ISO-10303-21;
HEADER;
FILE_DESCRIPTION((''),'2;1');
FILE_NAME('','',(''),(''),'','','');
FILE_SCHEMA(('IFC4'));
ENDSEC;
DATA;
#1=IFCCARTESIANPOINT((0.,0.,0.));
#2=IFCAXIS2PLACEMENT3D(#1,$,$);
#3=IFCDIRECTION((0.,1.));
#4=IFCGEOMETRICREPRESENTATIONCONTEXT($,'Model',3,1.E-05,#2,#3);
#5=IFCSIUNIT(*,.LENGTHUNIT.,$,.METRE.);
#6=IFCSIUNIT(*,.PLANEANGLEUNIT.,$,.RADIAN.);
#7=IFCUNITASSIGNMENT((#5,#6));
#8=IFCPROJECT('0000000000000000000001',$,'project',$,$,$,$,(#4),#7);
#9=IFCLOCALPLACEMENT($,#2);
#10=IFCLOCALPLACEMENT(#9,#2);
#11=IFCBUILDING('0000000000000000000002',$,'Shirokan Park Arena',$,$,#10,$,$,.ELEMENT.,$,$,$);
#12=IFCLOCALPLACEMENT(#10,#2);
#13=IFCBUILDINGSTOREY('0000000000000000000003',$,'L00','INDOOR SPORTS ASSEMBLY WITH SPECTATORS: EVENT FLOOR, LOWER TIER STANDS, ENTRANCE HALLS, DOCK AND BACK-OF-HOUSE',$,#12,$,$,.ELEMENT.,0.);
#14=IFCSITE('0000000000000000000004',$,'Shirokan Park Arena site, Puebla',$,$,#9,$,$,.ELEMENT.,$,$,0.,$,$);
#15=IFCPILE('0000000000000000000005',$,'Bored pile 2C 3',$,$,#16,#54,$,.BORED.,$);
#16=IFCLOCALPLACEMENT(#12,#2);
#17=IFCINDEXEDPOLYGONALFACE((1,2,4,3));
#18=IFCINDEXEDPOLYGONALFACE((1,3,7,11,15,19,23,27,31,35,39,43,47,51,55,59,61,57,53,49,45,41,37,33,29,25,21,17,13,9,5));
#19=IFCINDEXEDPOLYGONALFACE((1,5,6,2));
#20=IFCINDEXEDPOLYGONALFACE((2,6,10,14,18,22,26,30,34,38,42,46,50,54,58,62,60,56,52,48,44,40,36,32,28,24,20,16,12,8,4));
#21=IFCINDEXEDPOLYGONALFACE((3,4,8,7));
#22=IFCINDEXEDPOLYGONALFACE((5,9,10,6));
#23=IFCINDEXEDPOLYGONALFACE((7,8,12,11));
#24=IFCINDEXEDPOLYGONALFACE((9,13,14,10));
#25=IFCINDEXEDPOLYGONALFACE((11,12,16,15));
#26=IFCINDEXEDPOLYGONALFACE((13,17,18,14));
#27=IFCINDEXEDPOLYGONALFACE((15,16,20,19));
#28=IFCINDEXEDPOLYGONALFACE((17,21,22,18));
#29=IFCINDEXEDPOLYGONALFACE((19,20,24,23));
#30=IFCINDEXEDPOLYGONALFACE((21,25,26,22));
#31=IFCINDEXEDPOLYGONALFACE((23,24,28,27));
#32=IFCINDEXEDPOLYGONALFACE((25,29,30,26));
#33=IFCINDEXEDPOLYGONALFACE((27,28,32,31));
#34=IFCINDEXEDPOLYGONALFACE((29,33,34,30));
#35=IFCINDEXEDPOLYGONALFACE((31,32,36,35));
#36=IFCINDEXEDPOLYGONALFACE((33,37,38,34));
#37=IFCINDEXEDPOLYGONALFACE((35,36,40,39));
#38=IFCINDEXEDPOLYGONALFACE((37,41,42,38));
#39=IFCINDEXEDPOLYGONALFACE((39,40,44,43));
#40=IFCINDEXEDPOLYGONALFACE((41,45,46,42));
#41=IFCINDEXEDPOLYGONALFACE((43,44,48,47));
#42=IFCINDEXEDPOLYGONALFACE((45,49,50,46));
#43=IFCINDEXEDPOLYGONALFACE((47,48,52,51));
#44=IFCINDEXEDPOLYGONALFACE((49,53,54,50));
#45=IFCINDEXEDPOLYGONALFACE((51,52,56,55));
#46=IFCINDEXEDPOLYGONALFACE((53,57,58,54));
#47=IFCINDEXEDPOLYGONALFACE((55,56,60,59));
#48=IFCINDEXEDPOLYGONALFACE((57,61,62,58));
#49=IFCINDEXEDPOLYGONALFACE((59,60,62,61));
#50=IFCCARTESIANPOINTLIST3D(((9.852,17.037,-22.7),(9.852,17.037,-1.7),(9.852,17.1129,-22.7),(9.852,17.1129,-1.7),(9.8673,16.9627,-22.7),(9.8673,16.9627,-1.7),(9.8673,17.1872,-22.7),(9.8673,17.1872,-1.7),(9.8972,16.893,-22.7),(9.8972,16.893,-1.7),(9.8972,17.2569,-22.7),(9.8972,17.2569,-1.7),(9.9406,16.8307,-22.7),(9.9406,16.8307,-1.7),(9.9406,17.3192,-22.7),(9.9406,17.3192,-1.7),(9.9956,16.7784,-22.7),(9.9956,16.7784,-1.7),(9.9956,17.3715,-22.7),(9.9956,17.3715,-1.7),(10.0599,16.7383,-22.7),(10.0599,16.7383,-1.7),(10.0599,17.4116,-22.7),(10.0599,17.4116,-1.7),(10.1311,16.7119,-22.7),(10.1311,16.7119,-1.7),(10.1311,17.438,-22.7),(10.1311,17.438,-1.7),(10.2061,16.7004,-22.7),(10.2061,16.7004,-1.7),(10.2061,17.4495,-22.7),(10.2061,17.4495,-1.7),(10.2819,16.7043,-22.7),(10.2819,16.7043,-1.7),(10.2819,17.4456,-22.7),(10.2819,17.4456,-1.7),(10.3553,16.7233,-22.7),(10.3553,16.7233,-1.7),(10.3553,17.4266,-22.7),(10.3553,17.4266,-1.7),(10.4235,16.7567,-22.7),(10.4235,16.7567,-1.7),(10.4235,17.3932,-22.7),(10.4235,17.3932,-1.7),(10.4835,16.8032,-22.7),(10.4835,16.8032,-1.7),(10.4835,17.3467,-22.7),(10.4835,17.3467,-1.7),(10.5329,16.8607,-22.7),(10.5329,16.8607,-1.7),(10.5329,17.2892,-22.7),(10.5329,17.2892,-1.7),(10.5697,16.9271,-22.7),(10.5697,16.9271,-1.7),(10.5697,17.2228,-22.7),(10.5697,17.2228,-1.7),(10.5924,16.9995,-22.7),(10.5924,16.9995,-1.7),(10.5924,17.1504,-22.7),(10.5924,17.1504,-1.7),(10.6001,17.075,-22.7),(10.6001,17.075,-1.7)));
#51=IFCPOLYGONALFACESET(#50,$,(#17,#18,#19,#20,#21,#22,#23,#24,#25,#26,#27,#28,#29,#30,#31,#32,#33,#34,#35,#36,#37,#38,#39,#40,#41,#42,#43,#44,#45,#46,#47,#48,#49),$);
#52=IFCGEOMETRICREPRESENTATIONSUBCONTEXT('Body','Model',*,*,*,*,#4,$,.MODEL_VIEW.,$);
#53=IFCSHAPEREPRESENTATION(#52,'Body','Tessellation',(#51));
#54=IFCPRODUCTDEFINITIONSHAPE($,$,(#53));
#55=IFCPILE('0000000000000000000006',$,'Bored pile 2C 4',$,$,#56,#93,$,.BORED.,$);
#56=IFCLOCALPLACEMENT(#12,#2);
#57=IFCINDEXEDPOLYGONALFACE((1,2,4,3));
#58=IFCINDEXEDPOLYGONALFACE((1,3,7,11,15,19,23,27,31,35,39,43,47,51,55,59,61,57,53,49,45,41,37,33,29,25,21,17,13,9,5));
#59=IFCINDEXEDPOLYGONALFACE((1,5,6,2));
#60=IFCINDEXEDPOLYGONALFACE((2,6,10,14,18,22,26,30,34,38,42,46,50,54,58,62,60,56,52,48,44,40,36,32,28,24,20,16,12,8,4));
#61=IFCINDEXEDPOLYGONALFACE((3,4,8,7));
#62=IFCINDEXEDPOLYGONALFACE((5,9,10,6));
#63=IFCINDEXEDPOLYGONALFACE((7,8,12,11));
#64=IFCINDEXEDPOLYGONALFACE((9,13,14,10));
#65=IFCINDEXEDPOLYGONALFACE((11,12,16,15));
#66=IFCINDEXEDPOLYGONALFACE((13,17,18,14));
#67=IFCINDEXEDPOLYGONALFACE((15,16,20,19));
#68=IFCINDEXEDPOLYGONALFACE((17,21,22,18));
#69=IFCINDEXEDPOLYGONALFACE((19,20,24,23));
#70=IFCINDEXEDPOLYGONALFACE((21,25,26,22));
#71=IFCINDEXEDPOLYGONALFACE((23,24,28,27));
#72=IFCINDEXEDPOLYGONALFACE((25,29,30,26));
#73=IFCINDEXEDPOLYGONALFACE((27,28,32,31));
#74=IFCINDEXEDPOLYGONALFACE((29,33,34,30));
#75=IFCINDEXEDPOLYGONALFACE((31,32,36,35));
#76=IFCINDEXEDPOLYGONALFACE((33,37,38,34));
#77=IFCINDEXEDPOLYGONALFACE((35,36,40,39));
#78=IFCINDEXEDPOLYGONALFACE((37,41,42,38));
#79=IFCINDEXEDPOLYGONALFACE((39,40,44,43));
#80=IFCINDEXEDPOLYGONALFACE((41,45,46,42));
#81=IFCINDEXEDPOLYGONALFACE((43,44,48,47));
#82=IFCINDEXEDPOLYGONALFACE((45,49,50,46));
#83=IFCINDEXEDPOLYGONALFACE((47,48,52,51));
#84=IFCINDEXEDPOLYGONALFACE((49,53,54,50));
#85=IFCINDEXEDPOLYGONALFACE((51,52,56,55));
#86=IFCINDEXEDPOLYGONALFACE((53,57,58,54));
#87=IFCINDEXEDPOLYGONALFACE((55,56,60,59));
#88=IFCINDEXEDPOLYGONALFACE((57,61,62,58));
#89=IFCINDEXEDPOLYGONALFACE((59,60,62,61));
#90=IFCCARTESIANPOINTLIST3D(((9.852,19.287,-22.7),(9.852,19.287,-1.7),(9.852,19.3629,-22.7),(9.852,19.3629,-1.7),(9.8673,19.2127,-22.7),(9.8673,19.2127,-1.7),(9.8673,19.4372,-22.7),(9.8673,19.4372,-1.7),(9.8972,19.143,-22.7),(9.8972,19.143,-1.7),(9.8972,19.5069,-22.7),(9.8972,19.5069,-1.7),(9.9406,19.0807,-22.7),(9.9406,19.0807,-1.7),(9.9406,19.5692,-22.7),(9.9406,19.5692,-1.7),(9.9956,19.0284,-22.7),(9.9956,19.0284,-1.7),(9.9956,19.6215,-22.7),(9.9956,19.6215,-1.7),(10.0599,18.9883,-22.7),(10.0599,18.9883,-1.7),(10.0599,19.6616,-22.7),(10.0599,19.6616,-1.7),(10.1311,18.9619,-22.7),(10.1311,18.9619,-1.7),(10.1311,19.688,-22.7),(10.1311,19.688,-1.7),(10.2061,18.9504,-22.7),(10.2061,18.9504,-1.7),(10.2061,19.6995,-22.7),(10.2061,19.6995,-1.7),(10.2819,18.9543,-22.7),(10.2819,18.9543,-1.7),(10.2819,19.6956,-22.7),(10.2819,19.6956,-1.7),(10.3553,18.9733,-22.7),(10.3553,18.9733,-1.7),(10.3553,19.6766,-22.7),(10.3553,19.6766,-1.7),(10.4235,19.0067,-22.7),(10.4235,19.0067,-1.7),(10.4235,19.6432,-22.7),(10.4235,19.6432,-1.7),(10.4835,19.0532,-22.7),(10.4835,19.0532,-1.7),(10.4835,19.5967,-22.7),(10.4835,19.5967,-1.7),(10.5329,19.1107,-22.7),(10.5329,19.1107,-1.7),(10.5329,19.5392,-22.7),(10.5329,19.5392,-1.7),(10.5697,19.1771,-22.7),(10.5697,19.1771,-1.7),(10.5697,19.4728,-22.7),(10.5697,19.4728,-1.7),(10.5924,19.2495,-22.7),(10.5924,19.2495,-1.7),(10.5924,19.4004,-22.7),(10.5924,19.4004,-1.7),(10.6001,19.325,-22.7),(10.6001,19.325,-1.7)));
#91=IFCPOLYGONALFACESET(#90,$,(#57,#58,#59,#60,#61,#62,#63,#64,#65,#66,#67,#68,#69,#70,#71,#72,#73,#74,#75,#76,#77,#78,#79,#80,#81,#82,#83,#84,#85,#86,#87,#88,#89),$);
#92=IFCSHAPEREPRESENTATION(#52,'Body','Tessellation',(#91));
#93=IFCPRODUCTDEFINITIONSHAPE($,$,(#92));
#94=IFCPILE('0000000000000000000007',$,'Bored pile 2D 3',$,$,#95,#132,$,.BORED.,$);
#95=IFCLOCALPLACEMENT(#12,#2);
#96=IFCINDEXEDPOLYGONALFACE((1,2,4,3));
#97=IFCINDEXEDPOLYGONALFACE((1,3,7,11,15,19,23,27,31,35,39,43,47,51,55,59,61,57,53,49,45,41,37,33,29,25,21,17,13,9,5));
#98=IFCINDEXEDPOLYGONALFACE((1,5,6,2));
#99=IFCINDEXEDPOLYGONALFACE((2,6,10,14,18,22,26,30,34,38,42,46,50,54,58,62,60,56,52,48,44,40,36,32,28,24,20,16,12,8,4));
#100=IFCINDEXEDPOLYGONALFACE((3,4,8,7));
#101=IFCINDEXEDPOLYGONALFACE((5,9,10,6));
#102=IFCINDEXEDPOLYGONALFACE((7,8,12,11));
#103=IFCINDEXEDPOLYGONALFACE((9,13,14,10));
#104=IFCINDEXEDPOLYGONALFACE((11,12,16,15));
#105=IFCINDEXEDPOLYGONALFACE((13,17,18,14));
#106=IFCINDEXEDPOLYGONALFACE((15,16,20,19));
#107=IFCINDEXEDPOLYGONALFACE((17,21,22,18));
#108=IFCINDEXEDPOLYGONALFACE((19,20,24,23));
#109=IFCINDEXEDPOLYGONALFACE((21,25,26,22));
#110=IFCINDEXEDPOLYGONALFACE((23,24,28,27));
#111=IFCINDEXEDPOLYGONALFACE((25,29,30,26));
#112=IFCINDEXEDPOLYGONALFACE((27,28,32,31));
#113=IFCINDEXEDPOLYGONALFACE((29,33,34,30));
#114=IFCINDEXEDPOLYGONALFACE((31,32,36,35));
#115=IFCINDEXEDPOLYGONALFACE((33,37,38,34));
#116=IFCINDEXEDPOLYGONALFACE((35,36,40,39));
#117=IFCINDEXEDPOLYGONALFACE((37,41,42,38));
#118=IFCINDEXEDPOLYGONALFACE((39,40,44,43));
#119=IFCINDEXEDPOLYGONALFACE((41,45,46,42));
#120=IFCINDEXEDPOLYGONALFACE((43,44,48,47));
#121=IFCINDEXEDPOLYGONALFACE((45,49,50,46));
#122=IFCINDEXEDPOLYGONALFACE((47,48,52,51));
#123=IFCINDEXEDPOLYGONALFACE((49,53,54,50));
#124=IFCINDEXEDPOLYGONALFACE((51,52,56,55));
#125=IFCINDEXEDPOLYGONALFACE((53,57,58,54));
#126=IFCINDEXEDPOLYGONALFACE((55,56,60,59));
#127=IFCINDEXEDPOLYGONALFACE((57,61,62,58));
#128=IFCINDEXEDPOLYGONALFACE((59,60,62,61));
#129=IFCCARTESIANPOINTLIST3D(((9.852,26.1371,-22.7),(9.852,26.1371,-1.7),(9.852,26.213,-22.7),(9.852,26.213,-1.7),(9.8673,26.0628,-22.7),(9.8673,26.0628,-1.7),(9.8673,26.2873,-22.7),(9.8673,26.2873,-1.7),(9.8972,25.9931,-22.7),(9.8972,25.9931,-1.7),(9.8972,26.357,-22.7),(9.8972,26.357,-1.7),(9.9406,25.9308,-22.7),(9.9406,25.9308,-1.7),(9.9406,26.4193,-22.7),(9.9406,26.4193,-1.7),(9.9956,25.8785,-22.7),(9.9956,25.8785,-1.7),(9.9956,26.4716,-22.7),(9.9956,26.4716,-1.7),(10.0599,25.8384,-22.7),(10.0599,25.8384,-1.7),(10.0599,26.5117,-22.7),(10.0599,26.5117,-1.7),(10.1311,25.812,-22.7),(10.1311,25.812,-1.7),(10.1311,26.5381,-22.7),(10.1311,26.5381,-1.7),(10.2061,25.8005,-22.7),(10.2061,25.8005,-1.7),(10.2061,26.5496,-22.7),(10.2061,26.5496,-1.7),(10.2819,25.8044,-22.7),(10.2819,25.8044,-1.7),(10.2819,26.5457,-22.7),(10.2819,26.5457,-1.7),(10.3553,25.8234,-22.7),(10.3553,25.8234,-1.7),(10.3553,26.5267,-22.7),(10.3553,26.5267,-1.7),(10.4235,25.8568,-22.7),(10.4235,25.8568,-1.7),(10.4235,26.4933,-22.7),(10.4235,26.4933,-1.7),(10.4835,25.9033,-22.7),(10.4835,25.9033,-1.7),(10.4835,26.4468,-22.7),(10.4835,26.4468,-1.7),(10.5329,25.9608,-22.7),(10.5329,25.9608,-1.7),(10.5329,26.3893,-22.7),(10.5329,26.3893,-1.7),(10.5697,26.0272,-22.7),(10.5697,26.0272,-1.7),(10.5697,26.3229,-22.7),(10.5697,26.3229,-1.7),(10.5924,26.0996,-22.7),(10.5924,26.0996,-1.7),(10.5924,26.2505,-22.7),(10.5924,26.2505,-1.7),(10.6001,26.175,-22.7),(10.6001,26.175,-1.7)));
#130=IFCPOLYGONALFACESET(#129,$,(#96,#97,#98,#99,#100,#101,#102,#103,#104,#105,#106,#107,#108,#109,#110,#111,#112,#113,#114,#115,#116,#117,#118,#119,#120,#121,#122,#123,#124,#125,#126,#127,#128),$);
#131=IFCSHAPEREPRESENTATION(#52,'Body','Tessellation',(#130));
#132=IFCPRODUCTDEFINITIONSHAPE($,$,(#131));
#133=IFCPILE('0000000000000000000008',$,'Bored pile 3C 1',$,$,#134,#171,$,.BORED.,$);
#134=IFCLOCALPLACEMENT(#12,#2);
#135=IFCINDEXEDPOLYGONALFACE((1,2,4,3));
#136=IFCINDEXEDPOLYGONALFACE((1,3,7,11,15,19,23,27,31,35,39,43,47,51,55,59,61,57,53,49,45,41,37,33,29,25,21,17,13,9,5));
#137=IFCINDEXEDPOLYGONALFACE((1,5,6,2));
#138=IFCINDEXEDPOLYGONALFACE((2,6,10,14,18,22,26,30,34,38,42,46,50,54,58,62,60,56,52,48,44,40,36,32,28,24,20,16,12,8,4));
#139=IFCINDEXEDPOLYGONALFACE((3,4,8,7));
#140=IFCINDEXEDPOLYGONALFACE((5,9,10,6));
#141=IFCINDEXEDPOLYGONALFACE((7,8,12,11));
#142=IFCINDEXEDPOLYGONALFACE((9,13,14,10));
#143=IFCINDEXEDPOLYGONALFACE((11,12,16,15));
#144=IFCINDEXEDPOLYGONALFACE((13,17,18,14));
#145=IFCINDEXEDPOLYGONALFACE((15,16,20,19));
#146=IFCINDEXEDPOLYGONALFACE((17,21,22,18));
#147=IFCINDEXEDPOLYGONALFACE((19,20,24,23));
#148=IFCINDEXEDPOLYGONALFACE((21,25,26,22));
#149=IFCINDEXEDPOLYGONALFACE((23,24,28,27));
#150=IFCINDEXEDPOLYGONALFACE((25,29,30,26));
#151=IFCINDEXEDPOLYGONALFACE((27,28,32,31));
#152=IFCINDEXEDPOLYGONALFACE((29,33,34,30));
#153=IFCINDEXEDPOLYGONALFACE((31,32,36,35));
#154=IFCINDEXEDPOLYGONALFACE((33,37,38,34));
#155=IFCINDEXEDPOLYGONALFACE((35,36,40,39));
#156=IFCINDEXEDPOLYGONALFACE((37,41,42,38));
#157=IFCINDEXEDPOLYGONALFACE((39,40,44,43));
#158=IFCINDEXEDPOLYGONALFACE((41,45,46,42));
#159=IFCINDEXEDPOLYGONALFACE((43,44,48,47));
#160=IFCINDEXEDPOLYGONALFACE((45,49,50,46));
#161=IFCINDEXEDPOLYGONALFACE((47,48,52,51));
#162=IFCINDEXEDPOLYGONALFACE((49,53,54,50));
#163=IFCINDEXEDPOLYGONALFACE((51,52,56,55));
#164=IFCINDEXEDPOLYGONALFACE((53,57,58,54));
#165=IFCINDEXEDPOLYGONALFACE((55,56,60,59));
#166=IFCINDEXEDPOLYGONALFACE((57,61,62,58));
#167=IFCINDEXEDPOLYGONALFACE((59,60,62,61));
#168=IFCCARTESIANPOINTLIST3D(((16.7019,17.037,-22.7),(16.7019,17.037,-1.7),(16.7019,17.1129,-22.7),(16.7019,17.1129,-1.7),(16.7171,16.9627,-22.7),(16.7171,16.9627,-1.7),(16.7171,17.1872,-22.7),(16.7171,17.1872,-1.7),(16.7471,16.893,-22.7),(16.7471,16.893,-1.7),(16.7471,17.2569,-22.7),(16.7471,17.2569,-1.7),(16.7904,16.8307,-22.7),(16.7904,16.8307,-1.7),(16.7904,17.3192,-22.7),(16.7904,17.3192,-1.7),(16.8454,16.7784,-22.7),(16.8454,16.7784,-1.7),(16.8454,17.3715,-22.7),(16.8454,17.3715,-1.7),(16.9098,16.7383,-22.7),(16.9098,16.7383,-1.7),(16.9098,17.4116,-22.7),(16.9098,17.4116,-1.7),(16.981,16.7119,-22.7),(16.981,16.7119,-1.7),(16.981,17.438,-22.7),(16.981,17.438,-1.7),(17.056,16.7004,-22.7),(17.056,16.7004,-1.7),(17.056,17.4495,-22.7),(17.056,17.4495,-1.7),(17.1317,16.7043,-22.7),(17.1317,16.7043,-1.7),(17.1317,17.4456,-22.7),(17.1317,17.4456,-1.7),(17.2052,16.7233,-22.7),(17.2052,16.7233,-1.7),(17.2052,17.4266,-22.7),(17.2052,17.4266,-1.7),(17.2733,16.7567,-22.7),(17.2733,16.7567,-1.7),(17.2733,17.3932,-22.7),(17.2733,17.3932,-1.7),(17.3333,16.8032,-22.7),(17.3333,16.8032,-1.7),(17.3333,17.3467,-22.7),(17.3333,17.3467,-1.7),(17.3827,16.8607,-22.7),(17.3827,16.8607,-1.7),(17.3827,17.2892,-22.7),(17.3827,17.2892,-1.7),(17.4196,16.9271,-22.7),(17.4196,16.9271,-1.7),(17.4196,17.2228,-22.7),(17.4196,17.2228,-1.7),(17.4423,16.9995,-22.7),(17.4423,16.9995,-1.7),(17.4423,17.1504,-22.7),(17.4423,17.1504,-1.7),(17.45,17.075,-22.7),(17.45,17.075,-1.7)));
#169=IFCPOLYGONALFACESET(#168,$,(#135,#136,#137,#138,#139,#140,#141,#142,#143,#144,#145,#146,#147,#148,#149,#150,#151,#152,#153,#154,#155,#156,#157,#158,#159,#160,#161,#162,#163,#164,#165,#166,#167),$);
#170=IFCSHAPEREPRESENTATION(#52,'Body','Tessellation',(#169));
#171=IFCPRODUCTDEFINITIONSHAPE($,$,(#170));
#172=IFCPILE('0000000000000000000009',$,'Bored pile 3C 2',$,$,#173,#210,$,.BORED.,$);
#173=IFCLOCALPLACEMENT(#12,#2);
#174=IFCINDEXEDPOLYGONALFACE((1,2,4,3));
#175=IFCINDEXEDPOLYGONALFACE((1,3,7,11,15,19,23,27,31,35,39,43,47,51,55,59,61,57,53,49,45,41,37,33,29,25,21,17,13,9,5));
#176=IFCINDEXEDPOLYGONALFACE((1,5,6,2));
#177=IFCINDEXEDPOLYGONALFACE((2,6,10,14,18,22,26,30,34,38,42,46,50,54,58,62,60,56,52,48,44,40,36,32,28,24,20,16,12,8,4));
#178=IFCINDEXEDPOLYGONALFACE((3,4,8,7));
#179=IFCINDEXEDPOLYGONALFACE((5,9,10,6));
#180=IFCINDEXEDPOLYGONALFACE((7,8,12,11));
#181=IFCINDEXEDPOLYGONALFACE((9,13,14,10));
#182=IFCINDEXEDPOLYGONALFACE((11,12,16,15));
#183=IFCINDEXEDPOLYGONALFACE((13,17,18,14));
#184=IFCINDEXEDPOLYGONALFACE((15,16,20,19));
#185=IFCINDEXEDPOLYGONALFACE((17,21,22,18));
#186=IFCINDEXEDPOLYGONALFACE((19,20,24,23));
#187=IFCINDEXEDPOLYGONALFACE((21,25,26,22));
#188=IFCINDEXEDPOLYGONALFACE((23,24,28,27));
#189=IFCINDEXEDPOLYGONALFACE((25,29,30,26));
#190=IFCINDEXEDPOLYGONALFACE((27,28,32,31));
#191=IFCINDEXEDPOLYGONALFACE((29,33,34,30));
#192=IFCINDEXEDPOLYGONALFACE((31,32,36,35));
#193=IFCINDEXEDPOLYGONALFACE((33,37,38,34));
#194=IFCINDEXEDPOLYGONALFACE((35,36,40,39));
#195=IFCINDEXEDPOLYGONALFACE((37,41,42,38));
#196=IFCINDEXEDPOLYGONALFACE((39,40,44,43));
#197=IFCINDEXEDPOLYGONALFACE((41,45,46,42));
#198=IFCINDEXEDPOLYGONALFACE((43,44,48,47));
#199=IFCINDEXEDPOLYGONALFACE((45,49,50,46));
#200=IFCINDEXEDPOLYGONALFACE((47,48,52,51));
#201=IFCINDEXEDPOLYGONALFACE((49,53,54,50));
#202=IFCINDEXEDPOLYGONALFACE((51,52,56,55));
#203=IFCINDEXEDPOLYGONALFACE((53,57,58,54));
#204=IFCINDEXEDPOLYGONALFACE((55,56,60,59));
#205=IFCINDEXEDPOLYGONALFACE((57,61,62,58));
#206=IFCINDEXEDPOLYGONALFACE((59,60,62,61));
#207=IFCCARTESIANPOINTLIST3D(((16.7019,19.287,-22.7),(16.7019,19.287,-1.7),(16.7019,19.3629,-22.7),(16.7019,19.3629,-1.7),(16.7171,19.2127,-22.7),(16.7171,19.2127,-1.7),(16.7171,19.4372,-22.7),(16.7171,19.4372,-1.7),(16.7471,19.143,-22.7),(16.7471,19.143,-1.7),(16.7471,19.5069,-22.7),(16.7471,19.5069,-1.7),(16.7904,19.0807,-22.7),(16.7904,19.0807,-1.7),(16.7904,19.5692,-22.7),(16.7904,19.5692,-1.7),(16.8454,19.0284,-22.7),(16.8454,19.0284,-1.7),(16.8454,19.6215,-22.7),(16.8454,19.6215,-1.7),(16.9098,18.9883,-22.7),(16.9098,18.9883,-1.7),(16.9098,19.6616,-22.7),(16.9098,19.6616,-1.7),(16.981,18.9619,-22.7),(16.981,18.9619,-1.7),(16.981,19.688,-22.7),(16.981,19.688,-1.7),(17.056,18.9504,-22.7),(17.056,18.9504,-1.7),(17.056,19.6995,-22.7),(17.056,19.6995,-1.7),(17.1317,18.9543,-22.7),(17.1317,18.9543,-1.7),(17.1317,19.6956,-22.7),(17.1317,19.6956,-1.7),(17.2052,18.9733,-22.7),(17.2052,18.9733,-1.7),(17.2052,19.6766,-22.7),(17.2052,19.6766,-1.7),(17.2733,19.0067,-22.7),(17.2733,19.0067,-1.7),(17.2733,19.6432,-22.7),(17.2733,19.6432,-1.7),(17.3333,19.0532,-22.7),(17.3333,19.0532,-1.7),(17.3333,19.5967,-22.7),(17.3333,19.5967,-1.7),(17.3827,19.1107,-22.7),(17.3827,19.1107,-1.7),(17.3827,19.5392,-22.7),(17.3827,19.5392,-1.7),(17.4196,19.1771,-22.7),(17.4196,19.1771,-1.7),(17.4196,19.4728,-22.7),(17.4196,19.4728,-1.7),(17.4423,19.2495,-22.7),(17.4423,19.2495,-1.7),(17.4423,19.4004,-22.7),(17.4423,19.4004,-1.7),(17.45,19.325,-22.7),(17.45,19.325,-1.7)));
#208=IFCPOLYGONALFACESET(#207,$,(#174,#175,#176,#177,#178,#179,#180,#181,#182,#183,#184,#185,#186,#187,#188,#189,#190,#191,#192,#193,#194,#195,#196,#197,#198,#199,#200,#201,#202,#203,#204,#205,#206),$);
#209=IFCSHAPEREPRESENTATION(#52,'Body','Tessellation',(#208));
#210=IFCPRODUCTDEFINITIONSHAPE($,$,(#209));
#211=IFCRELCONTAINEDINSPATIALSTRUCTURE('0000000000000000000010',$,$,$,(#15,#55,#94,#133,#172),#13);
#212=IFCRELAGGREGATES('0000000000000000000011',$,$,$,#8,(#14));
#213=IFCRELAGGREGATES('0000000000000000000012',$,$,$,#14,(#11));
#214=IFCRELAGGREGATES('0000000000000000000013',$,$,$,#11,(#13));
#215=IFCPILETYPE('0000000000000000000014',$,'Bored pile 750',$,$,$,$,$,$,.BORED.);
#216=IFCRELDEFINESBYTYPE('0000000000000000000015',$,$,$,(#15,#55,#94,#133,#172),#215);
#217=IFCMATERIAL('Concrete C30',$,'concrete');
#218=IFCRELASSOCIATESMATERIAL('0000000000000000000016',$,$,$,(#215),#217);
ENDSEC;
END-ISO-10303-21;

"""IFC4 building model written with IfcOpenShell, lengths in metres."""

from ifc_helpers import new_model, si_unit, direction, frame, origin, origin_2d, place, context, subcontext, project, spatial, circle, extrude, material, material_profile, profile_set, type_object, element, save


model = new_model("IFC4")

# Units and contexts
model_context = context("Model", 3, precision=1e-05, world=origin(), true_north=direction((0.0, 1.0)))
body_context = subcontext(model_context, "Body", "Model", "MODEL_VIEW")
ifc_project = project(units=[si_unit("LENGTHUNIT", "METRE"), si_unit("PLANEANGLEUNIT", "RADIAN")], contexts=[model_context])

# Site, building, storey
site_placement = place(None, origin())
site = spatial("IfcSite", under=ifc_project, at=site_placement, Name="Shirokan Park Arena site, Puebla", CompositionType="ELEMENT", RefElevation=0.0)
building_placement = place(site_placement, origin())
building = spatial("IfcBuilding", under=site, at=building_placement, Name="Shirokan Park Arena", CompositionType="ELEMENT")
storey_placement = place(building_placement, origin())
storey = spatial("IfcBuildingStorey", under=building, at=storey_placement, Name="L00", Description="INDOOR SPORTS ASSEMBLY WITH SPECTATORS: EVENT FLOOR, LOWER TIER STANDS, ENTRANCE HALLS, DOCK AND BACK-OF-HOUSE", CompositionType="ELEMENT", Elevation=0.0)

# Piles
ifc_material_1 = material(Name="Concrete C30", Category="concrete")
ifc_material_profile_1 = material_profile(ifc_material_1, circle(Radius=0.375, at=origin_2d()), Name="D750")
ifc_profile_set_1 = profile_set([ifc_material_profile_1], Name="Concrete C30")
pile_type = type_object("IfcPileType", Name="Bored pile 750", PredefinedType="BORED", material=ifc_profile_set_1)
for number, where, z_axis, x_axis, name in (
    (1, (10.2251, 17.075, -1.7), (0.0, 0.0, -1.0), (1.0, 0.0, 0.0), "Bored pile 2C 3"),
    (2, (10.2251, 19.325, -1.7), (0.0, 0.0, -1.0), (1.0, 0.0, 0.0), "Bored pile 2C 4"),
    (3, (10.2251, 26.175, -1.7), (0.0, 0.0, -1.0), (1.0, 0.0, 0.0), "Bored pile 2D 3"),
    (4, (17.075, 17.075, -1.7), (0.0, 0.0, -1.0), (1.0, 0.0, 0.0), "Bored pile 3C 1"),
    (5, (17.075, 19.325, -1.7), (0.0, 0.0, -1.0), (1.0, 0.0, 0.0), "Bored pile 3C 2"),
):
    element("IfcPile", number, at=place(storey_placement, frame(where, z_axis=z_axis, x_axis=x_axis)), inside=storey, type_object=pile_type, Name=name, PredefinedType="BORED", context=body_context, shape_type="SweptSolid", body=[
        extrude(circle(Radius=0.375, at=origin_2d()), origin(), (0.0, 0.0, 1.0), 21.0),
    ])

save(model, "model.ifc")
